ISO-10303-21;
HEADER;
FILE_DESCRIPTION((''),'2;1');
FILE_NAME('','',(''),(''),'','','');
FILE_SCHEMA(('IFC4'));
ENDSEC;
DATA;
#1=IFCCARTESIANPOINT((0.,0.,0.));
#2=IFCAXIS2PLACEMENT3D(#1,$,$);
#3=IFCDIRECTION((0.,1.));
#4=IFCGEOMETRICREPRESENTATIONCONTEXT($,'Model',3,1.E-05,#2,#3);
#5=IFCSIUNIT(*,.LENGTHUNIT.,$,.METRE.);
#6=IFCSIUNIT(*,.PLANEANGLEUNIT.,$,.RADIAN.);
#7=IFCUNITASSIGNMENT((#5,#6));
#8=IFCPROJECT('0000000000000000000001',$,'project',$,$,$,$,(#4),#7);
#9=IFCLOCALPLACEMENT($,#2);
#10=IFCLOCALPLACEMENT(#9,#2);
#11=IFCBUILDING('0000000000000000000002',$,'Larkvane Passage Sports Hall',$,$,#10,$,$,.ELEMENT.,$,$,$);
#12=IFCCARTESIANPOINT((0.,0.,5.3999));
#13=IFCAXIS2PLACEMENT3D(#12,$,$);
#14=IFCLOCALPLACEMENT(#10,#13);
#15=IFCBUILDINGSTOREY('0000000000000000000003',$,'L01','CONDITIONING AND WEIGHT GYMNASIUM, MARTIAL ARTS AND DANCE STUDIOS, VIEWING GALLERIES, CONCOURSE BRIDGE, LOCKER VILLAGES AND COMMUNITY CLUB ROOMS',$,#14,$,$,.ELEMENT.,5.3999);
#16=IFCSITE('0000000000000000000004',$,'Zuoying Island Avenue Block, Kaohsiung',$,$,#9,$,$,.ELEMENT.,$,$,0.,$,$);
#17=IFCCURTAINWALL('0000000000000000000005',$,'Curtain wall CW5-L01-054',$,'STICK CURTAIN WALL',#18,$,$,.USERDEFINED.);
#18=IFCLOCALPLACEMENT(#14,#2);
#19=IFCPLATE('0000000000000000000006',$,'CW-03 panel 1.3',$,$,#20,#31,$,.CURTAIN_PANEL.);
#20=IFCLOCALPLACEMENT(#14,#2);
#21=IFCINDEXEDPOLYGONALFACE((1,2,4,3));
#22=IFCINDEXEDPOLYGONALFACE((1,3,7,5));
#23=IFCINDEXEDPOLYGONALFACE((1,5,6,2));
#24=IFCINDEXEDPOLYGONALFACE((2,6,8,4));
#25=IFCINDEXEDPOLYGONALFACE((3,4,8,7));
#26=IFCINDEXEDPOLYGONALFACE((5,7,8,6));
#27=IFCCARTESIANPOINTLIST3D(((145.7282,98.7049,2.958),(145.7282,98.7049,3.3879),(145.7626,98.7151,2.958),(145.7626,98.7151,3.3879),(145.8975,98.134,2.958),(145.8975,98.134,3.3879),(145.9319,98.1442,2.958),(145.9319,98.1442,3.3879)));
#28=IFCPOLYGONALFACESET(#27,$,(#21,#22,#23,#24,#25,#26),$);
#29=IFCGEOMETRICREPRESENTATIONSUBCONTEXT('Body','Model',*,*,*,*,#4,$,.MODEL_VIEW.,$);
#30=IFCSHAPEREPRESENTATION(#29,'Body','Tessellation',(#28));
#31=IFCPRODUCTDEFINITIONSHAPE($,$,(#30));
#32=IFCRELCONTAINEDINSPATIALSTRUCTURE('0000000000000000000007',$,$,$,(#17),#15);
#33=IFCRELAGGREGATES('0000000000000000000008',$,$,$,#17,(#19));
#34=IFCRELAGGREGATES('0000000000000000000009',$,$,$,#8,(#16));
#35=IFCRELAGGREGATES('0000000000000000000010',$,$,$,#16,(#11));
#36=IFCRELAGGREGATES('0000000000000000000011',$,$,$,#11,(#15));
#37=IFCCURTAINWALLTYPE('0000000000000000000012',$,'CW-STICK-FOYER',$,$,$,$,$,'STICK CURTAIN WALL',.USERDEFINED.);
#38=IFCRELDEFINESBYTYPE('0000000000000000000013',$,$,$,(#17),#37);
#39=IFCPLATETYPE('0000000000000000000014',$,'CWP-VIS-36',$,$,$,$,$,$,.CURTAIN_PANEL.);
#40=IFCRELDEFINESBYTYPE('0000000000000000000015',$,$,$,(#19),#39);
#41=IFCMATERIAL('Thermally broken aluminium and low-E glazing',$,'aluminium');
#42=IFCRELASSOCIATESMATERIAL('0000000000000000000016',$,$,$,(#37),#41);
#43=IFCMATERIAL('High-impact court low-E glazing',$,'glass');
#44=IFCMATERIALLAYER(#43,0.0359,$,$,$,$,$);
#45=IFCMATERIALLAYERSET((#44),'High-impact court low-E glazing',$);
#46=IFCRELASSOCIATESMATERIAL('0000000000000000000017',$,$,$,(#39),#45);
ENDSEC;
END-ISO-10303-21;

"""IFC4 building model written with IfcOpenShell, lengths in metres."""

from ifc_helpers import new_model, si_unit, direction, frame, origin, origin_2d, place, context, subcontext, project, spatial, rectangle, extrude, material, layer, layer_set, type_object, element, aggregate, save


model = new_model("IFC4")

# Units and contexts
model_context = context("Model", 3, precision=1e-05, world=origin(), true_north=direction((0.0, 1.0)))
body_context = subcontext(model_context, "Body", "Model", "MODEL_VIEW")
ifc_project = project(units=[si_unit("LENGTHUNIT", "METRE"), si_unit("PLANEANGLEUNIT", "RADIAN")], contexts=[model_context])

# Site, building, storey
site_placement = place(None, origin())
site = spatial("IfcSite", under=ifc_project, at=site_placement, Name="Zuoying Island Avenue Block, Kaohsiung", CompositionType="ELEMENT", RefElevation=0.0)
building_placement = place(site_placement, origin())
building = spatial("IfcBuilding", under=site, at=building_placement, Name="Larkvane Passage Sports Hall", CompositionType="ELEMENT")
storey_placement = place(building_placement, frame((0.0, 0.0, 5.3999)))
storey = spatial("IfcBuildingStorey", under=building, at=storey_placement, Name="L01", Description="CONDITIONING AND WEIGHT GYMNASIUM, MARTIAL ARTS AND DANCE STUDIOS, VIEWING GALLERIES, CONCOURSE BRIDGE, LOCKER VILLAGES AND COMMUNITY CLUB ROOMS", CompositionType="ELEMENT", Elevation=5.3999)

# Curtain wall
ifc_material_1 = material(Name="Thermally broken aluminium and low-E glazing", Category="aluminium")
curtain_wall_type_1 = type_object("IfcCurtainWallType", Name="CW-STICK-FOYER", ElementType="STICK CURTAIN WALL", PredefinedType="USERDEFINED", material=ifc_material_1)
curtain_wall_1_placement = place(storey_placement, origin())
curtain_wall_1 = element("IfcCurtainWall", 1, at=curtain_wall_1_placement, inside=storey, type_object=curtain_wall_type_1, Name="Curtain wall CW5-L01-054", ObjectType="STICK CURTAIN WALL", PredefinedType="USERDEFINED")

# Plate
ifc_material_2 = material(Name="High-impact court low-E glazing", Category="glass")
ifc_layer_1 = layer(ifc_material_2, 0.0359)
ifc_layer_set_1 = layer_set([ifc_layer_1], Name="High-impact court low-E glazing")
plate_type_1 = type_object("IfcPlateType", Name="CWP-VIS-36", PredefinedType="CURTAIN_PANEL", material=ifc_layer_set_1)
plate_1_placement = place(storey_placement, frame((145.8301, 98.4246, 2.958), z_axis=(0.0, 0.0, 1.0), x_axis=(0.284363, -0.958717, 0.0)))
plate_1 = element("IfcPlate", 2, at=plate_1_placement, type_object=plate_type_1, Name="CW-03 panel 1.3", PredefinedType="CURTAIN_PANEL", context=body_context, shape_type="SweptSolid", body=[
    extrude(rectangle(XDim=0.5955, YDim=0.0359, at=origin_2d()), origin(), (0.0, 0.0, 1.0), 0.4299),
])
aggregate(curtain_wall_1, [plate_1])

save(model, "model.ifc")
